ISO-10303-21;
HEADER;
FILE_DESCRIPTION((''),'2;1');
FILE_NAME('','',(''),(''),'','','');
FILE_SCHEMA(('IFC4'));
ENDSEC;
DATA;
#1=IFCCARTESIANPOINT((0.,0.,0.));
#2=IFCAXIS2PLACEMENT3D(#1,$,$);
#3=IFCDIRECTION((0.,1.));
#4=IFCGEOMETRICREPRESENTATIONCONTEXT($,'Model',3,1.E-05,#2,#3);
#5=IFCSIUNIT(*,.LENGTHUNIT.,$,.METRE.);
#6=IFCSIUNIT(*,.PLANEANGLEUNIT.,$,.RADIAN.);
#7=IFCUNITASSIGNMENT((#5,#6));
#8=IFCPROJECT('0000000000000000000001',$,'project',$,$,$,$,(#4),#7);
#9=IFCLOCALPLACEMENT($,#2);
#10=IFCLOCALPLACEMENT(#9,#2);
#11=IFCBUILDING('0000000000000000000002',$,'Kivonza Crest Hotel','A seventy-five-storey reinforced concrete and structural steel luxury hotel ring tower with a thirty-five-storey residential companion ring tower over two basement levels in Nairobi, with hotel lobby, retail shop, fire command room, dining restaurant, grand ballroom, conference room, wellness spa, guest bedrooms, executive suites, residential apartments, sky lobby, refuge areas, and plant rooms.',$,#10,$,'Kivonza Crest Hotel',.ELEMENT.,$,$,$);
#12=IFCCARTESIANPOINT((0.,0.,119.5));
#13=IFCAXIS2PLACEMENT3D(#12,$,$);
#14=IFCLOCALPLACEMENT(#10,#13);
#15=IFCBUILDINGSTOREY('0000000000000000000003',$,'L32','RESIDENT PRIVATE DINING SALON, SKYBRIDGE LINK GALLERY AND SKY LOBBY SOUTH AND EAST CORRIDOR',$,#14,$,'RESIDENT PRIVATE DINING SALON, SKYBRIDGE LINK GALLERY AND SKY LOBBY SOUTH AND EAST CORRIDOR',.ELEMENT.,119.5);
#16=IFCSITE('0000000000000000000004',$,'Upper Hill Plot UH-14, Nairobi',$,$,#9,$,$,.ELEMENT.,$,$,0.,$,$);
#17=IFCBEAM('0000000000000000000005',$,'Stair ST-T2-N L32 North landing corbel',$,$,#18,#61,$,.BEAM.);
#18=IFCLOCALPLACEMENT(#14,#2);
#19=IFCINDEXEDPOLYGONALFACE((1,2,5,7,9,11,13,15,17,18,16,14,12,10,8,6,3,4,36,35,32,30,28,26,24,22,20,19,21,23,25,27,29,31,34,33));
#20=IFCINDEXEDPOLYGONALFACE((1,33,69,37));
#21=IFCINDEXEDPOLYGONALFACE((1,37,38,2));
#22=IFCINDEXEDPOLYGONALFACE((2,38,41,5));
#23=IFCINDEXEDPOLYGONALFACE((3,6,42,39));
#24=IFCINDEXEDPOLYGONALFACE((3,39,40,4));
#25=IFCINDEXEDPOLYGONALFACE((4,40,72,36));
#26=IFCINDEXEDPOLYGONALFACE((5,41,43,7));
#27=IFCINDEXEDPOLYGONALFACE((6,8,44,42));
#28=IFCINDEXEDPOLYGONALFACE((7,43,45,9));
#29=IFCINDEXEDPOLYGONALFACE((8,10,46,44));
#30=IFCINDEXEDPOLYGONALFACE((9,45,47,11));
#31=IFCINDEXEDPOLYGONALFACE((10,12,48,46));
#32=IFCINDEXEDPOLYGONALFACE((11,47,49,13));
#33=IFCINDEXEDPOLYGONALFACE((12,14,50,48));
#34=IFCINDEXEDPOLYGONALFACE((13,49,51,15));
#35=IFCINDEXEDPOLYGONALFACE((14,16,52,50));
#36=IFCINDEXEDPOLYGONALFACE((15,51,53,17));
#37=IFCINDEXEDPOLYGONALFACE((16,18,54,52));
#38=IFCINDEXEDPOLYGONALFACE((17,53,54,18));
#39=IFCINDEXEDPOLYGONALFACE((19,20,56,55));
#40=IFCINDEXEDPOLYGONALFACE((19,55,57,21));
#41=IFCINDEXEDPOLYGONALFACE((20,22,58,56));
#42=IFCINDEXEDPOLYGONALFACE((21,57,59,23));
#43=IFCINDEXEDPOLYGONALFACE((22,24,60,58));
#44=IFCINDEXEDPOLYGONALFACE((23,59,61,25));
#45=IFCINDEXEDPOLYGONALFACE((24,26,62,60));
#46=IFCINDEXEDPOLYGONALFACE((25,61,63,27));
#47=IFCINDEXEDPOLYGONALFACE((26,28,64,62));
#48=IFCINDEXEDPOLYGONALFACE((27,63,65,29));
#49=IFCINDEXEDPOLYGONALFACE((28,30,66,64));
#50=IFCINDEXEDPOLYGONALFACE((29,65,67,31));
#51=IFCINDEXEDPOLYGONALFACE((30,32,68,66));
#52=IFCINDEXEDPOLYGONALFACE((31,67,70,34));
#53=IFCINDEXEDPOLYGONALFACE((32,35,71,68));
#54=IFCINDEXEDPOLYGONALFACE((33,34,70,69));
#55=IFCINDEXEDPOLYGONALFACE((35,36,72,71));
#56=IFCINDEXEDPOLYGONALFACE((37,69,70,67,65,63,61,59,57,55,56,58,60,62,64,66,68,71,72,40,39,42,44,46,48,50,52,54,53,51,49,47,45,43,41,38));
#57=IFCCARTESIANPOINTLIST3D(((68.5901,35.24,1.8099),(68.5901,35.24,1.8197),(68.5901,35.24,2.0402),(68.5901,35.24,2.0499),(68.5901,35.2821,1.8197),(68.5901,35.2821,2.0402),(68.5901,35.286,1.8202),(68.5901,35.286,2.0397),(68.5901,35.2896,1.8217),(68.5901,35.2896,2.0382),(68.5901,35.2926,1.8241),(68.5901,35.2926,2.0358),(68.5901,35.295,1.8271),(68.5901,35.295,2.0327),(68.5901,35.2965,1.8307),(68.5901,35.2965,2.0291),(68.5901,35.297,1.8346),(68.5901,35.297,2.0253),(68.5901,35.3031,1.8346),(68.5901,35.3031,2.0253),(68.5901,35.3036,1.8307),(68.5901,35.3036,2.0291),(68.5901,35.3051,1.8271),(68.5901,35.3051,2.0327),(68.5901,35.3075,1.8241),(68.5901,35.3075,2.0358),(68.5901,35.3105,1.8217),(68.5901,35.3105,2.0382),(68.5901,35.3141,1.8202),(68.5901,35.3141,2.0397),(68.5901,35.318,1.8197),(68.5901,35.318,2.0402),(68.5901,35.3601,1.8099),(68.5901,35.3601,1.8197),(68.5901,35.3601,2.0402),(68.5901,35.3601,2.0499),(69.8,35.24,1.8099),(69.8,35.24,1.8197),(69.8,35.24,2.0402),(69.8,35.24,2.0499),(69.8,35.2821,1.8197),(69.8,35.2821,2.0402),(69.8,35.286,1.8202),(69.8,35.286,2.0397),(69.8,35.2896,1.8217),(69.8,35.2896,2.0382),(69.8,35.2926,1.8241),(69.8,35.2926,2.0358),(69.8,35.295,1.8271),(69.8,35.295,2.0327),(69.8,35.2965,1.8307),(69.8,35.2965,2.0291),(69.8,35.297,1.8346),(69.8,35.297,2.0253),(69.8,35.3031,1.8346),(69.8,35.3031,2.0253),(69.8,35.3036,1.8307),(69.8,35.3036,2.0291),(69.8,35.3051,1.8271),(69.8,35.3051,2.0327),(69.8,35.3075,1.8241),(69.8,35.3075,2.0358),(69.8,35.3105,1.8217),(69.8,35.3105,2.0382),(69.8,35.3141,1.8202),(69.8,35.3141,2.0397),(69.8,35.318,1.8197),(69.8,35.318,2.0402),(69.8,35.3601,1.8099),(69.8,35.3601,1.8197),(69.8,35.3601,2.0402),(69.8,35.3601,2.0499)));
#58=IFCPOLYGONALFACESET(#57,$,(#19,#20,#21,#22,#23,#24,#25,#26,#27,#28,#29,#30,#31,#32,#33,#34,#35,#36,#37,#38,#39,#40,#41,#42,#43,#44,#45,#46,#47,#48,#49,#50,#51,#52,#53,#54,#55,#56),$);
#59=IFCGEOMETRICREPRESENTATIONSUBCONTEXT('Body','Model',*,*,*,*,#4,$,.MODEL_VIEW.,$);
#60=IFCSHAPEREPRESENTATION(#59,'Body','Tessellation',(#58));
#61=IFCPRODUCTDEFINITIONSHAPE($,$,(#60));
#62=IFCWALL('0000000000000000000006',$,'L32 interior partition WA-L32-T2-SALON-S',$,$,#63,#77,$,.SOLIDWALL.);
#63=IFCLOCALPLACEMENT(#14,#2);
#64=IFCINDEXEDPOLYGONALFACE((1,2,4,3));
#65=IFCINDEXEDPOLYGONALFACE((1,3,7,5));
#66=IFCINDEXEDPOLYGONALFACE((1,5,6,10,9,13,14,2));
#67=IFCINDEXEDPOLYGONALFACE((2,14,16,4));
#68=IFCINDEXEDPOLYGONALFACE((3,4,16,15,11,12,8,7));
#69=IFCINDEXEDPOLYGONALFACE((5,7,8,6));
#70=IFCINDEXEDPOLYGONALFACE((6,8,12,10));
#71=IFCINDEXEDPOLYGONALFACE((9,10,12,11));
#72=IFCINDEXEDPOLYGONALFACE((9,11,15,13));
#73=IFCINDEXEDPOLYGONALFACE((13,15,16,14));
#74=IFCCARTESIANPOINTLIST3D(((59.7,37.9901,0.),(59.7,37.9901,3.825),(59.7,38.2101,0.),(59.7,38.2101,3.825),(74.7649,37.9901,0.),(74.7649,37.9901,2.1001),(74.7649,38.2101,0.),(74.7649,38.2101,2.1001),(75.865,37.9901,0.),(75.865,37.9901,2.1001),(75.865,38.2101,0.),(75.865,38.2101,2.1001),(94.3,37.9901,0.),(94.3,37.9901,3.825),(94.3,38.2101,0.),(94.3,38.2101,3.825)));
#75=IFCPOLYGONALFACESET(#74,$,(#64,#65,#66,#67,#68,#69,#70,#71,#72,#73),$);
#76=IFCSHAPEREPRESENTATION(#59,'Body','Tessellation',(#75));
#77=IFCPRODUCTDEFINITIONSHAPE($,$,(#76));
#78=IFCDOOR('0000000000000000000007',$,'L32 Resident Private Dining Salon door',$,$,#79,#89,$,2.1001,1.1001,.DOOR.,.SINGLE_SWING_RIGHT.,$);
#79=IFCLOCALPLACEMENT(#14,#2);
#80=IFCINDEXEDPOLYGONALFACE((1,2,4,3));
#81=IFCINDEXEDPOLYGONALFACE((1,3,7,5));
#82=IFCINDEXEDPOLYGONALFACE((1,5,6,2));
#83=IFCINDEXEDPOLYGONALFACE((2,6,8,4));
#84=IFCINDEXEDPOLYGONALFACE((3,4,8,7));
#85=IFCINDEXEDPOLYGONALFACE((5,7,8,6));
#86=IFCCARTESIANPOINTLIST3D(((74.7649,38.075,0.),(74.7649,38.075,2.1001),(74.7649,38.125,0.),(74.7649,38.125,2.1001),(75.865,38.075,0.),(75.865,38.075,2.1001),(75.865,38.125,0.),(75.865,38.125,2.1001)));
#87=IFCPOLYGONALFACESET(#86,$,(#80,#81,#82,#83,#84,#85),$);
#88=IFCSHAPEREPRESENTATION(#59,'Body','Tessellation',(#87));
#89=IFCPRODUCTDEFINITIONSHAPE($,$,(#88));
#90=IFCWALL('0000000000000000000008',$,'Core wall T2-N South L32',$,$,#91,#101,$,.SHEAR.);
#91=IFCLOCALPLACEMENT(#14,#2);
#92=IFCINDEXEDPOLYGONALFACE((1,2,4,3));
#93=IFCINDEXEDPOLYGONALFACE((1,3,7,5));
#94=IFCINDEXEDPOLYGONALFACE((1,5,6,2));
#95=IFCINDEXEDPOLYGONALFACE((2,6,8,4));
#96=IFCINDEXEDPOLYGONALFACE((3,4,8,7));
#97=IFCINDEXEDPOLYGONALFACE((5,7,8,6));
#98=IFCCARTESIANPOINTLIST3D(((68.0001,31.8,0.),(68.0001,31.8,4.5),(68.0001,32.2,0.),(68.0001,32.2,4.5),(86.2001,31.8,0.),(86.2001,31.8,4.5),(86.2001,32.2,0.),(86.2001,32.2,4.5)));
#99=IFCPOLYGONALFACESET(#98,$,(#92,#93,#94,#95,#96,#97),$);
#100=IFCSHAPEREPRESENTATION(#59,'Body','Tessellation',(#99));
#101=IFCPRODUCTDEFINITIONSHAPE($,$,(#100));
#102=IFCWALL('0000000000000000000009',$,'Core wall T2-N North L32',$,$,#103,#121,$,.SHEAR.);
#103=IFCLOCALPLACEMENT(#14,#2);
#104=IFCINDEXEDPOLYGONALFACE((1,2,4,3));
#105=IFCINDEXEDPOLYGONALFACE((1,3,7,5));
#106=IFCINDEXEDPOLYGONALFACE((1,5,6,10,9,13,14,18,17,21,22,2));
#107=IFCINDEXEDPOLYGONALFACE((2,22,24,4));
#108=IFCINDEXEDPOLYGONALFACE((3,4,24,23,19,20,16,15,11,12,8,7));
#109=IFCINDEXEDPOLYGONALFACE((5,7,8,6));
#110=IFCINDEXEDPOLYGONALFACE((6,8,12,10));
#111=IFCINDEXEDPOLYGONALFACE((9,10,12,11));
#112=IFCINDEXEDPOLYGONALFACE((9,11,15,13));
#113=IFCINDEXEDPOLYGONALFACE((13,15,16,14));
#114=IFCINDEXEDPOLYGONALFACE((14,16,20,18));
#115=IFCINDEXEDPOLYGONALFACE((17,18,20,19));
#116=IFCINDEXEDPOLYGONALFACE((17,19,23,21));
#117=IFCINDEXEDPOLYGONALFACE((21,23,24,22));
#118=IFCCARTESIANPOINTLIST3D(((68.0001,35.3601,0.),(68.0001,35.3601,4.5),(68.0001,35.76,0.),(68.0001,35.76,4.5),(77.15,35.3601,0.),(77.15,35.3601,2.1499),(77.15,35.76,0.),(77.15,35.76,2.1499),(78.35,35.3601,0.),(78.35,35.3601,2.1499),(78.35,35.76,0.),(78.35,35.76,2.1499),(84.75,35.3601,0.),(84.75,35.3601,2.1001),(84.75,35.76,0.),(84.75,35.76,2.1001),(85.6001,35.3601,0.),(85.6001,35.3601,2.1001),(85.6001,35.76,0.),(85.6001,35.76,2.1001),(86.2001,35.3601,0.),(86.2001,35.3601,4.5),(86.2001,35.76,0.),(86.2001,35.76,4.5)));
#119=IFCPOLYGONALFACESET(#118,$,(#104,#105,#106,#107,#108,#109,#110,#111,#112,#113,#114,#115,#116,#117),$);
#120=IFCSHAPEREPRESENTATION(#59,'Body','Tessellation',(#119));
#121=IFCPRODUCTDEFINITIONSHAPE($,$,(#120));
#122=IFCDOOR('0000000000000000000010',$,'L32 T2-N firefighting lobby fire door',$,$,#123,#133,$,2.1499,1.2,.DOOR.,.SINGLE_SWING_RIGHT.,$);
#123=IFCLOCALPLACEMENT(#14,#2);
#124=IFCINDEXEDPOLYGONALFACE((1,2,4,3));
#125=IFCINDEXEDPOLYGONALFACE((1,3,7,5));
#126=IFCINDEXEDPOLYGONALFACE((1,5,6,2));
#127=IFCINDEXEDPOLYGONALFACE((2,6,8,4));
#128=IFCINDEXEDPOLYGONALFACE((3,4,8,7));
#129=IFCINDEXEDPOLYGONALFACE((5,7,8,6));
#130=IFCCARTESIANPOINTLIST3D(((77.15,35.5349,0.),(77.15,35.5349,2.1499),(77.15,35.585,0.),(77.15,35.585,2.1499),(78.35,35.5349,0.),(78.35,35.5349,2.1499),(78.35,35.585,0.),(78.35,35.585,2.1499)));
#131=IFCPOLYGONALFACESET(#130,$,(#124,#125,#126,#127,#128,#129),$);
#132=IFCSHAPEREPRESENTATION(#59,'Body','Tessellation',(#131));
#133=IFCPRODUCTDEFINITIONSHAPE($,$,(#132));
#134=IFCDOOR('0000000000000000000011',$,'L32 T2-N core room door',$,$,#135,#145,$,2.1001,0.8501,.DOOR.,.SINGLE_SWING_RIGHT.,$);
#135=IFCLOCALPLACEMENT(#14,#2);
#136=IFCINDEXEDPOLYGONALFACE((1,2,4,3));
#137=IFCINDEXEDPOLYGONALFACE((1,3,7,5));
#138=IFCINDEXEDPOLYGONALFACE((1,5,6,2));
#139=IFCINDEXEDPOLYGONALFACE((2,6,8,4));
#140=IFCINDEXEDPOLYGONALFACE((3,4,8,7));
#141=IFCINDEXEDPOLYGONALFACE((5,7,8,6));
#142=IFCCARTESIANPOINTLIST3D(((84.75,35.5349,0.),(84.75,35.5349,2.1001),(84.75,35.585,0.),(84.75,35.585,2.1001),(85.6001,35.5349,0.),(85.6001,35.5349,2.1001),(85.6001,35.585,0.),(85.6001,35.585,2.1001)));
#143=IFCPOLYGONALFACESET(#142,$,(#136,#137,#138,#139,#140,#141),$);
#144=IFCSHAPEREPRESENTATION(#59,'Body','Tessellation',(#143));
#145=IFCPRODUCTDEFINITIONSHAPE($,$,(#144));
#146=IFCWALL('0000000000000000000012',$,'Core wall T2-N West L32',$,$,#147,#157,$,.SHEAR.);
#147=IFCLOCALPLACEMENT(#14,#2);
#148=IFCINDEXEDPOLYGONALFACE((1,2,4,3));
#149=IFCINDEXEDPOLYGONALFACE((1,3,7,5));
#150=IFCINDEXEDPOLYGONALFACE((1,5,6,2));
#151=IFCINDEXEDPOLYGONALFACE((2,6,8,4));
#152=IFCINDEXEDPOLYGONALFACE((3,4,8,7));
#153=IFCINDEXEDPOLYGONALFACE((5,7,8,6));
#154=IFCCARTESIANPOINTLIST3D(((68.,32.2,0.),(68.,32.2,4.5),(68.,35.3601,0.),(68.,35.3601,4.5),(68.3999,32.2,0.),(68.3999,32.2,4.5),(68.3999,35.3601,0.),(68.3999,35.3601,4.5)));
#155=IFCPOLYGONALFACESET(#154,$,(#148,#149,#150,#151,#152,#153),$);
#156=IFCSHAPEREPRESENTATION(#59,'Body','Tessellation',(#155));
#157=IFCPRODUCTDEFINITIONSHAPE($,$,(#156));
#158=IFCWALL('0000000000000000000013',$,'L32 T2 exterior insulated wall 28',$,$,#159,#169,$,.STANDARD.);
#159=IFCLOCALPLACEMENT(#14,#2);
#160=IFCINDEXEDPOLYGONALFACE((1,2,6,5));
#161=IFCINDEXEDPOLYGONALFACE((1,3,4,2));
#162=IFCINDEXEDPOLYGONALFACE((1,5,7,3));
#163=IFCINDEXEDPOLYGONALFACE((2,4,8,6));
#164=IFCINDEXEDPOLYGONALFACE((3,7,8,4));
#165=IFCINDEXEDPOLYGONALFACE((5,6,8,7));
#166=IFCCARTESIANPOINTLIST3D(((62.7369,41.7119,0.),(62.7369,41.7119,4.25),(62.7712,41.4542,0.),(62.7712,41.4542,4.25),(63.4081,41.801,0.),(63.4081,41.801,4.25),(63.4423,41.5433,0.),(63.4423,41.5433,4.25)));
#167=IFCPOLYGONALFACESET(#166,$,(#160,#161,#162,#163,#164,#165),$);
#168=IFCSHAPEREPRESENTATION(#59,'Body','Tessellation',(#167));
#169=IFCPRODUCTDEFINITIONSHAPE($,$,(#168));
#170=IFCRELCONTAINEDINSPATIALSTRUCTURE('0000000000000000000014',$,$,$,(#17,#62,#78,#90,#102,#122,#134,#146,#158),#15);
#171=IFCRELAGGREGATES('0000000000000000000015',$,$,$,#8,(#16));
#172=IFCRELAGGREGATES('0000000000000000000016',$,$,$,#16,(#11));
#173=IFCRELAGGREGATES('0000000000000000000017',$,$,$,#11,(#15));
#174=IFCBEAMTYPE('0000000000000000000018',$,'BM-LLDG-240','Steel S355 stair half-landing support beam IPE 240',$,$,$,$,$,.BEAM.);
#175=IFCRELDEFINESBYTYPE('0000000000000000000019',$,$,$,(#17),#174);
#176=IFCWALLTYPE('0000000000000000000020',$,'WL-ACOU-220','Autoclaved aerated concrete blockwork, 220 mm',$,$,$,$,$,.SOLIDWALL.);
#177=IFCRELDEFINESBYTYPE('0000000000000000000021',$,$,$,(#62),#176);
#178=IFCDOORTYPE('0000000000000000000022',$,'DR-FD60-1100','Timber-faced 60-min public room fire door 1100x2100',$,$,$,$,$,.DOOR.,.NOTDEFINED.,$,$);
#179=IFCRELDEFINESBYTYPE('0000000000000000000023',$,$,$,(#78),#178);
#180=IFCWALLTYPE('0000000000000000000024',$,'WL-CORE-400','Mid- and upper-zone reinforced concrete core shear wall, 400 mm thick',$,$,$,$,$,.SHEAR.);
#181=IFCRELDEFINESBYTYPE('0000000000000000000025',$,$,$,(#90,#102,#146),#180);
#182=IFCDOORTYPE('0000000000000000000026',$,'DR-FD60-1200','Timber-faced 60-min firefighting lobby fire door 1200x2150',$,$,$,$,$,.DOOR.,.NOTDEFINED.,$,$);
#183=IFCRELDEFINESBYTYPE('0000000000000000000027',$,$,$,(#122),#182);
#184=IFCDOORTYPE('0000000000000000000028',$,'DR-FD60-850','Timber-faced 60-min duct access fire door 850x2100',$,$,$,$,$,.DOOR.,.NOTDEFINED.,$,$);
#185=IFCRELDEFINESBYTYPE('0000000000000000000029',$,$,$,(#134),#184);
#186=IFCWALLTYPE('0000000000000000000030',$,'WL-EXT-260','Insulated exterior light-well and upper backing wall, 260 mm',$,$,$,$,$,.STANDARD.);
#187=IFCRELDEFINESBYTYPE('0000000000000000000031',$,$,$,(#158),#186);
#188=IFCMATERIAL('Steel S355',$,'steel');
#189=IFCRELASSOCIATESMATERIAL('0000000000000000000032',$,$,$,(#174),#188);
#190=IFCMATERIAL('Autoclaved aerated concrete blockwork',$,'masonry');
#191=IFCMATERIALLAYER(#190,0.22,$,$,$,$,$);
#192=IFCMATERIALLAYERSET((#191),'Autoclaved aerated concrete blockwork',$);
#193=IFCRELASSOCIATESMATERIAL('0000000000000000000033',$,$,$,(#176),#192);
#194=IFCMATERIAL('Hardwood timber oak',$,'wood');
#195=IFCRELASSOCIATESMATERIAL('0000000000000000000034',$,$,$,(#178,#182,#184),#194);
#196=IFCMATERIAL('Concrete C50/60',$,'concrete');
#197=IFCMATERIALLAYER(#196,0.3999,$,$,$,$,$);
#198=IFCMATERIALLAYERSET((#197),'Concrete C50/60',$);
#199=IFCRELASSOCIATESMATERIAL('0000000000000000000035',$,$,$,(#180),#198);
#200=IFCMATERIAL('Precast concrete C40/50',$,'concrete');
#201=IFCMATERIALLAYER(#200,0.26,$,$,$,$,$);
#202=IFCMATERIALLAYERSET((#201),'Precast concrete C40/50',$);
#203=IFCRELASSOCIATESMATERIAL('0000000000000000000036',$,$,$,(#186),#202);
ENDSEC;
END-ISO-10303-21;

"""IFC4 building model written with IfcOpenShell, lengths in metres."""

from ifc_helpers import new_model, si_unit, direction, frame, frame_2d, origin, origin_2d, place, context, subcontext, project, spatial, rectangle, i_section, extrude, material, layer, layer_set, material_profile, profile_set, type_object, element, fill, save


model = new_model("IFC4")

# Units and contexts
model_context = context("Model", 3, precision=1e-05, world=origin(), true_north=direction((0.0, 1.0)))
body_context = subcontext(model_context, "Body", "Model", "MODEL_VIEW")
ifc_project = project(units=[si_unit("LENGTHUNIT", "METRE"), si_unit("PLANEANGLEUNIT", "RADIAN")], contexts=[model_context])

# Site, building, storey
site_placement = place(None, origin())
site = spatial("IfcSite", under=ifc_project, at=site_placement, Name="Upper Hill Plot UH-14, Nairobi", CompositionType="ELEMENT", RefElevation=0.0)
building_placement = place(site_placement, origin())
building = spatial("IfcBuilding", under=site, at=building_placement, Name="Kivonza Crest Hotel", Description="A seventy-five-storey reinforced concrete and structural steel luxury hotel ring tower with a thirty-five-storey residential companion ring tower over two basement levels in Nairobi, with hotel lobby, retail shop, fire command room, dining restaurant, grand ballroom, conference room, wellness spa, guest bedrooms, executive suites, residential apartments, sky lobby, refuge areas, and plant rooms.", LongName="Kivonza Crest Hotel", CompositionType="ELEMENT")
storey_placement = place(building_placement, frame((0.0, 0.0, 119.5)))
storey = spatial("IfcBuildingStorey", under=building, at=storey_placement, Name="L32", Description="RESIDENT PRIVATE DINING SALON, SKYBRIDGE LINK GALLERY AND SKY LOBBY SOUTH AND EAST CORRIDOR", LongName="RESIDENT PRIVATE DINING SALON, SKYBRIDGE LINK GALLERY AND SKY LOBBY SOUTH AND EAST CORRIDOR", CompositionType="ELEMENT", Elevation=119.5)

# Shared definitions
ifc_material_1 = material(Name="Steel S355", Category="steel")

# Beam
ifc_material_profile_1 = material_profile(ifc_material_1, i_section(OverallWidth=0.1201, OverallDepth=0.24, WebThickness=0.0061, FlangeThickness=0.0098, FilletRadius=0.0149, at=origin_2d()), Name="IPE 240")
ifc_profile_set_1 = profile_set([ifc_material_profile_1], Name="Steel S355")
beam_type_1 = type_object("IfcBeamType", Name="BM-LLDG-240", Description="Steel S355 stair half-landing support beam IPE 240", PredefinedType="BEAM", material=ifc_profile_set_1)
for number, where, z_axis, x_axis, name in (
    (1, (68.5901, 35.3, 1.9299), (1.0, 0.0, 0.0), (0.0, 1.0, 0.0), "Stair ST-T2-N L32 North landing corbel"),
):
    element("IfcBeam", number, at=place(storey_placement, frame(where, z_axis=z_axis, x_axis=x_axis)), inside=storey, type_object=beam_type_1, Name=name, PredefinedType="BEAM", context=body_context, shape_type="SweptSolid", body=[
        extrude(i_section(OverallWidth=0.1201, OverallDepth=0.24, WebThickness=0.0061, FlangeThickness=0.0098, FilletRadius=0.0149, at=origin_2d()), origin(), (0.0, 0.0, 1.0), 1.21),
    ])

# Wall, opening, door
ifc_material_2 = material(Name="Autoclaved aerated concrete blockwork", Category="masonry")
ifc_layer_1 = layer(ifc_material_2, 0.22)
ifc_layer_set_1 = layer_set([ifc_layer_1], Name="Autoclaved aerated concrete blockwork")
wall_type_1 = type_object("IfcWallType", Name="WL-ACOU-220", Description="Autoclaved aerated concrete blockwork, 220 mm", PredefinedType="SOLIDWALL", material=ifc_layer_set_1)
wall_1_placement = place(storey_placement, frame((59.7, 38.1001, 0.0), z_axis=(0.0, 0.0, 1.0), x_axis=(1.0, 0.0, 0.0)))
wall_1 = element("IfcWall", 2, at=wall_1_placement, inside=storey, type_object=wall_type_1, Name="L32 interior partition WA-L32-T2-SALON-S", PredefinedType="SOLIDWALL", context=body_context, shape_type="SweptSolid", body=[
    extrude(rectangle(XDim=34.6001, YDim=0.22, at=frame_2d((17.3, 0.0))), origin(), (0.0, 0.0, 1.0), 3.825),
])
opening_1_placement = place(wall_1_placement, frame((15.0649, 0.0, 0.0)))
opening_1 = element("IfcOpeningElement", 3, at=opening_1_placement, cuts=wall_1, PredefinedType="OPENING", context=body_context, shape_type="SweptSolid", body=[
    extrude(rectangle(XDim=1.1001, YDim=2.1001, at=frame_2d((0.55, 1.05))), frame((0.0, 0.1201, 0.0), z_axis=(0.0, -1.0, 0.0), x_axis=(1.0, 0.0, 0.0)), (0.0, 0.0, 1.0), 0.24),
])
ifc_material_3 = material(Name="Hardwood timber oak", Category="wood")
door_type_1 = type_object("IfcDoorType", Name="DR-FD60-1100", Description="Timber-faced 60-min public room fire door 1100x2100", OperationType="NOTDEFINED", PredefinedType="DOOR", material=ifc_material_3)
door_1_placement = place(opening_1_placement, origin())
door_1 = element("IfcDoor", 4, at=door_1_placement, inside=storey, type_object=door_type_1, Name="L32 Resident Private Dining Salon door", OperationType="SINGLE_SWING_RIGHT", OverallHeight=2.1001, OverallWidth=1.1001, PredefinedType="DOOR", context=body_context, shape_type="SweptSolid", body=[
    extrude(rectangle(XDim=1.1001, YDim=2.1001, at=frame_2d((0.55, 1.05))), frame((0.0, 0.0249, 0.0), z_axis=(0.0, -1.0, 0.0), x_axis=(1.0, 0.0, 0.0)), (0.0, 0.0, 1.0), 0.05),
])
fill(opening_1, door_1)

# Wall
ifc_material_4 = material(Name="Concrete C50/60", Category="concrete")
ifc_layer_2 = layer(ifc_material_4, 0.3999)
ifc_layer_set_2 = layer_set([ifc_layer_2], Name="Concrete C50/60")
wall_type_2 = type_object("IfcWallType", Name="WL-CORE-400", Description="Mid- and upper-zone reinforced concrete core shear wall, 400 mm thick", PredefinedType="SHEAR", material=ifc_layer_set_2)
wall_2_placement = place(storey_placement, frame((68.0, 32.0, 0.0), z_axis=(0.0, 0.0, 1.0), x_axis=(1.0, 0.0, 0.0)))
element("IfcWall", 5, at=wall_2_placement, inside=storey, type_object=wall_type_2, Name="Core wall T2-N South L32", PredefinedType="SHEAR", context=body_context, shape_type="SweptSolid", body=[
    extrude(rectangle(XDim=18.2, YDim=0.3999, at=frame_2d((9.1001, 0.0))), origin(), (0.0, 0.0, 1.0), 4.5),
])

# Wall, openings, doors
wall_3_placement = place(storey_placement, frame((68.0, 35.5601, 0.0), z_axis=(0.0, 0.0, 1.0), x_axis=(1.0, 0.0, 0.0)))
wall_3 = element("IfcWall", 6, at=wall_3_placement, inside=storey, type_object=wall_type_2, Name="Core wall T2-N North L32", PredefinedType="SHEAR", context=body_context, shape_type="SweptSolid", body=[
    extrude(rectangle(XDim=18.2, YDim=0.3999, at=frame_2d((9.1001, 0.0))), origin(), (0.0, 0.0, 1.0), 4.5),
])
opening_2_placement = place(wall_3_placement, frame((9.1499, 0.0, 0.0)))
opening_2 = element("IfcOpeningElement", 7, at=opening_2_placement, cuts=wall_3, PredefinedType="OPENING", context=body_context, shape_type="SweptSolid", body=[
    extrude(rectangle(XDim=1.2, YDim=2.1499, at=frame_2d((0.6001, 1.075))), frame((0.0, 0.21, 0.0), z_axis=(0.0, -1.0, 0.0), x_axis=(1.0, 0.0, 0.0)), (0.0, 0.0, 1.0), 0.4199),
])
opening_3_placement = place(wall_3_placement, frame((16.75, 0.0, 0.0)))
opening_3 = element("IfcOpeningElement", 8, at=opening_3_placement, cuts=wall_3, PredefinedType="OPENING", context=body_context, shape_type="SweptSolid", body=[
    extrude(rectangle(XDim=0.8501, YDim=2.1001, at=frame_2d((0.425, 1.05))), frame((0.0, 0.21, 0.0), z_axis=(0.0, -1.0, 0.0), x_axis=(1.0, 0.0, 0.0)), (0.0, 0.0, 1.0), 0.4199),
])
door_type_2 = type_object("IfcDoorType", Name="DR-FD60-1200", Description="Timber-faced 60-min firefighting lobby fire door 1200x2150", OperationType="NOTDEFINED", PredefinedType="DOOR", material=ifc_material_3)
door_2_placement = place(opening_2_placement, origin())
door_2 = element("IfcDoor", 9, at=door_2_placement, inside=storey, type_object=door_type_2, Name="L32 T2-N firefighting lobby fire door", OperationType="SINGLE_SWING_RIGHT", OverallHeight=2.1499, OverallWidth=1.2, PredefinedType="DOOR", context=body_context, shape_type="SweptSolid", body=[
    extrude(rectangle(XDim=1.2, YDim=2.1499, at=frame_2d((0.6001, 1.075))), frame((0.0, 0.0249, 0.0), z_axis=(0.0, -1.0, 0.0), x_axis=(1.0, 0.0, 0.0)), (0.0, 0.0, 1.0), 0.05),
])
fill(opening_2, door_2)
door_type_3 = type_object("IfcDoorType", Name="DR-FD60-850", Description="Timber-faced 60-min duct access fire door 850x2100", OperationType="NOTDEFINED", PredefinedType="DOOR", material=ifc_material_3)
door_3_placement = place(opening_3_placement, origin())
door_3 = element("IfcDoor", 10, at=door_3_placement, inside=storey, type_object=door_type_3, Name="L32 T2-N core room door", OperationType="SINGLE_SWING_RIGHT", OverallHeight=2.1001, OverallWidth=0.8501, PredefinedType="DOOR", context=body_context, shape_type="SweptSolid", body=[
    extrude(rectangle(XDim=0.8501, YDim=2.1001, at=frame_2d((0.425, 1.05))), frame((0.0, 0.0249, 0.0), z_axis=(0.0, -1.0, 0.0), x_axis=(1.0, 0.0, 0.0)), (0.0, 0.0, 1.0), 0.05),
])
fill(opening_3, door_3)

# Walls
wall_4_placement = place(storey_placement, frame((68.2, 32.2, 0.0), z_axis=(0.0, 0.0, 1.0), x_axis=(0.0, 1.0, 0.0)))
element("IfcWall", 11, at=wall_4_placement, inside=storey, type_object=wall_type_2, Name="Core wall T2-N West L32", PredefinedType="SHEAR", context=body_context, shape_type="SweptSolid", body=[
    extrude(rectangle(XDim=3.1602, YDim=0.3999, at=frame_2d((1.5801, 0.0))), origin(), (0.0, 0.0, 1.0), 4.5),
])
ifc_material_5 = material(Name="Precast concrete C40/50", Category="concrete")
ifc_layer_3 = layer(ifc_material_5, 0.26)
ifc_layer_set_3 = layer_set([ifc_layer_3], Name="Precast concrete C40/50")
wall_type_3 = type_object("IfcWallType", Name="WL-EXT-260", Description="Insulated exterior light-well and upper backing wall, 260 mm", PredefinedType="STANDARD", material=ifc_layer_set_3)
wall_5_placement = place(storey_placement, frame((63.425, 41.6721, 0.0), z_axis=(0.0, 0.0, 1.0), x_axis=(-0.9913, -0.13162, 0.0)))
element("IfcWall", 12, at=wall_5_placement, inside=storey, type_object=wall_type_3, Name="L32 T2 exterior insulated wall 28", PredefinedType="STANDARD", context=body_context, shape_type="SweptSolid", body=[
    extrude(rectangle(XDim=0.677, YDim=0.26, at=frame_2d((0.3384, 0.0))), origin(), (0.0, 0.0, 1.0), 4.25),
])

save(model, "model.ifc")
